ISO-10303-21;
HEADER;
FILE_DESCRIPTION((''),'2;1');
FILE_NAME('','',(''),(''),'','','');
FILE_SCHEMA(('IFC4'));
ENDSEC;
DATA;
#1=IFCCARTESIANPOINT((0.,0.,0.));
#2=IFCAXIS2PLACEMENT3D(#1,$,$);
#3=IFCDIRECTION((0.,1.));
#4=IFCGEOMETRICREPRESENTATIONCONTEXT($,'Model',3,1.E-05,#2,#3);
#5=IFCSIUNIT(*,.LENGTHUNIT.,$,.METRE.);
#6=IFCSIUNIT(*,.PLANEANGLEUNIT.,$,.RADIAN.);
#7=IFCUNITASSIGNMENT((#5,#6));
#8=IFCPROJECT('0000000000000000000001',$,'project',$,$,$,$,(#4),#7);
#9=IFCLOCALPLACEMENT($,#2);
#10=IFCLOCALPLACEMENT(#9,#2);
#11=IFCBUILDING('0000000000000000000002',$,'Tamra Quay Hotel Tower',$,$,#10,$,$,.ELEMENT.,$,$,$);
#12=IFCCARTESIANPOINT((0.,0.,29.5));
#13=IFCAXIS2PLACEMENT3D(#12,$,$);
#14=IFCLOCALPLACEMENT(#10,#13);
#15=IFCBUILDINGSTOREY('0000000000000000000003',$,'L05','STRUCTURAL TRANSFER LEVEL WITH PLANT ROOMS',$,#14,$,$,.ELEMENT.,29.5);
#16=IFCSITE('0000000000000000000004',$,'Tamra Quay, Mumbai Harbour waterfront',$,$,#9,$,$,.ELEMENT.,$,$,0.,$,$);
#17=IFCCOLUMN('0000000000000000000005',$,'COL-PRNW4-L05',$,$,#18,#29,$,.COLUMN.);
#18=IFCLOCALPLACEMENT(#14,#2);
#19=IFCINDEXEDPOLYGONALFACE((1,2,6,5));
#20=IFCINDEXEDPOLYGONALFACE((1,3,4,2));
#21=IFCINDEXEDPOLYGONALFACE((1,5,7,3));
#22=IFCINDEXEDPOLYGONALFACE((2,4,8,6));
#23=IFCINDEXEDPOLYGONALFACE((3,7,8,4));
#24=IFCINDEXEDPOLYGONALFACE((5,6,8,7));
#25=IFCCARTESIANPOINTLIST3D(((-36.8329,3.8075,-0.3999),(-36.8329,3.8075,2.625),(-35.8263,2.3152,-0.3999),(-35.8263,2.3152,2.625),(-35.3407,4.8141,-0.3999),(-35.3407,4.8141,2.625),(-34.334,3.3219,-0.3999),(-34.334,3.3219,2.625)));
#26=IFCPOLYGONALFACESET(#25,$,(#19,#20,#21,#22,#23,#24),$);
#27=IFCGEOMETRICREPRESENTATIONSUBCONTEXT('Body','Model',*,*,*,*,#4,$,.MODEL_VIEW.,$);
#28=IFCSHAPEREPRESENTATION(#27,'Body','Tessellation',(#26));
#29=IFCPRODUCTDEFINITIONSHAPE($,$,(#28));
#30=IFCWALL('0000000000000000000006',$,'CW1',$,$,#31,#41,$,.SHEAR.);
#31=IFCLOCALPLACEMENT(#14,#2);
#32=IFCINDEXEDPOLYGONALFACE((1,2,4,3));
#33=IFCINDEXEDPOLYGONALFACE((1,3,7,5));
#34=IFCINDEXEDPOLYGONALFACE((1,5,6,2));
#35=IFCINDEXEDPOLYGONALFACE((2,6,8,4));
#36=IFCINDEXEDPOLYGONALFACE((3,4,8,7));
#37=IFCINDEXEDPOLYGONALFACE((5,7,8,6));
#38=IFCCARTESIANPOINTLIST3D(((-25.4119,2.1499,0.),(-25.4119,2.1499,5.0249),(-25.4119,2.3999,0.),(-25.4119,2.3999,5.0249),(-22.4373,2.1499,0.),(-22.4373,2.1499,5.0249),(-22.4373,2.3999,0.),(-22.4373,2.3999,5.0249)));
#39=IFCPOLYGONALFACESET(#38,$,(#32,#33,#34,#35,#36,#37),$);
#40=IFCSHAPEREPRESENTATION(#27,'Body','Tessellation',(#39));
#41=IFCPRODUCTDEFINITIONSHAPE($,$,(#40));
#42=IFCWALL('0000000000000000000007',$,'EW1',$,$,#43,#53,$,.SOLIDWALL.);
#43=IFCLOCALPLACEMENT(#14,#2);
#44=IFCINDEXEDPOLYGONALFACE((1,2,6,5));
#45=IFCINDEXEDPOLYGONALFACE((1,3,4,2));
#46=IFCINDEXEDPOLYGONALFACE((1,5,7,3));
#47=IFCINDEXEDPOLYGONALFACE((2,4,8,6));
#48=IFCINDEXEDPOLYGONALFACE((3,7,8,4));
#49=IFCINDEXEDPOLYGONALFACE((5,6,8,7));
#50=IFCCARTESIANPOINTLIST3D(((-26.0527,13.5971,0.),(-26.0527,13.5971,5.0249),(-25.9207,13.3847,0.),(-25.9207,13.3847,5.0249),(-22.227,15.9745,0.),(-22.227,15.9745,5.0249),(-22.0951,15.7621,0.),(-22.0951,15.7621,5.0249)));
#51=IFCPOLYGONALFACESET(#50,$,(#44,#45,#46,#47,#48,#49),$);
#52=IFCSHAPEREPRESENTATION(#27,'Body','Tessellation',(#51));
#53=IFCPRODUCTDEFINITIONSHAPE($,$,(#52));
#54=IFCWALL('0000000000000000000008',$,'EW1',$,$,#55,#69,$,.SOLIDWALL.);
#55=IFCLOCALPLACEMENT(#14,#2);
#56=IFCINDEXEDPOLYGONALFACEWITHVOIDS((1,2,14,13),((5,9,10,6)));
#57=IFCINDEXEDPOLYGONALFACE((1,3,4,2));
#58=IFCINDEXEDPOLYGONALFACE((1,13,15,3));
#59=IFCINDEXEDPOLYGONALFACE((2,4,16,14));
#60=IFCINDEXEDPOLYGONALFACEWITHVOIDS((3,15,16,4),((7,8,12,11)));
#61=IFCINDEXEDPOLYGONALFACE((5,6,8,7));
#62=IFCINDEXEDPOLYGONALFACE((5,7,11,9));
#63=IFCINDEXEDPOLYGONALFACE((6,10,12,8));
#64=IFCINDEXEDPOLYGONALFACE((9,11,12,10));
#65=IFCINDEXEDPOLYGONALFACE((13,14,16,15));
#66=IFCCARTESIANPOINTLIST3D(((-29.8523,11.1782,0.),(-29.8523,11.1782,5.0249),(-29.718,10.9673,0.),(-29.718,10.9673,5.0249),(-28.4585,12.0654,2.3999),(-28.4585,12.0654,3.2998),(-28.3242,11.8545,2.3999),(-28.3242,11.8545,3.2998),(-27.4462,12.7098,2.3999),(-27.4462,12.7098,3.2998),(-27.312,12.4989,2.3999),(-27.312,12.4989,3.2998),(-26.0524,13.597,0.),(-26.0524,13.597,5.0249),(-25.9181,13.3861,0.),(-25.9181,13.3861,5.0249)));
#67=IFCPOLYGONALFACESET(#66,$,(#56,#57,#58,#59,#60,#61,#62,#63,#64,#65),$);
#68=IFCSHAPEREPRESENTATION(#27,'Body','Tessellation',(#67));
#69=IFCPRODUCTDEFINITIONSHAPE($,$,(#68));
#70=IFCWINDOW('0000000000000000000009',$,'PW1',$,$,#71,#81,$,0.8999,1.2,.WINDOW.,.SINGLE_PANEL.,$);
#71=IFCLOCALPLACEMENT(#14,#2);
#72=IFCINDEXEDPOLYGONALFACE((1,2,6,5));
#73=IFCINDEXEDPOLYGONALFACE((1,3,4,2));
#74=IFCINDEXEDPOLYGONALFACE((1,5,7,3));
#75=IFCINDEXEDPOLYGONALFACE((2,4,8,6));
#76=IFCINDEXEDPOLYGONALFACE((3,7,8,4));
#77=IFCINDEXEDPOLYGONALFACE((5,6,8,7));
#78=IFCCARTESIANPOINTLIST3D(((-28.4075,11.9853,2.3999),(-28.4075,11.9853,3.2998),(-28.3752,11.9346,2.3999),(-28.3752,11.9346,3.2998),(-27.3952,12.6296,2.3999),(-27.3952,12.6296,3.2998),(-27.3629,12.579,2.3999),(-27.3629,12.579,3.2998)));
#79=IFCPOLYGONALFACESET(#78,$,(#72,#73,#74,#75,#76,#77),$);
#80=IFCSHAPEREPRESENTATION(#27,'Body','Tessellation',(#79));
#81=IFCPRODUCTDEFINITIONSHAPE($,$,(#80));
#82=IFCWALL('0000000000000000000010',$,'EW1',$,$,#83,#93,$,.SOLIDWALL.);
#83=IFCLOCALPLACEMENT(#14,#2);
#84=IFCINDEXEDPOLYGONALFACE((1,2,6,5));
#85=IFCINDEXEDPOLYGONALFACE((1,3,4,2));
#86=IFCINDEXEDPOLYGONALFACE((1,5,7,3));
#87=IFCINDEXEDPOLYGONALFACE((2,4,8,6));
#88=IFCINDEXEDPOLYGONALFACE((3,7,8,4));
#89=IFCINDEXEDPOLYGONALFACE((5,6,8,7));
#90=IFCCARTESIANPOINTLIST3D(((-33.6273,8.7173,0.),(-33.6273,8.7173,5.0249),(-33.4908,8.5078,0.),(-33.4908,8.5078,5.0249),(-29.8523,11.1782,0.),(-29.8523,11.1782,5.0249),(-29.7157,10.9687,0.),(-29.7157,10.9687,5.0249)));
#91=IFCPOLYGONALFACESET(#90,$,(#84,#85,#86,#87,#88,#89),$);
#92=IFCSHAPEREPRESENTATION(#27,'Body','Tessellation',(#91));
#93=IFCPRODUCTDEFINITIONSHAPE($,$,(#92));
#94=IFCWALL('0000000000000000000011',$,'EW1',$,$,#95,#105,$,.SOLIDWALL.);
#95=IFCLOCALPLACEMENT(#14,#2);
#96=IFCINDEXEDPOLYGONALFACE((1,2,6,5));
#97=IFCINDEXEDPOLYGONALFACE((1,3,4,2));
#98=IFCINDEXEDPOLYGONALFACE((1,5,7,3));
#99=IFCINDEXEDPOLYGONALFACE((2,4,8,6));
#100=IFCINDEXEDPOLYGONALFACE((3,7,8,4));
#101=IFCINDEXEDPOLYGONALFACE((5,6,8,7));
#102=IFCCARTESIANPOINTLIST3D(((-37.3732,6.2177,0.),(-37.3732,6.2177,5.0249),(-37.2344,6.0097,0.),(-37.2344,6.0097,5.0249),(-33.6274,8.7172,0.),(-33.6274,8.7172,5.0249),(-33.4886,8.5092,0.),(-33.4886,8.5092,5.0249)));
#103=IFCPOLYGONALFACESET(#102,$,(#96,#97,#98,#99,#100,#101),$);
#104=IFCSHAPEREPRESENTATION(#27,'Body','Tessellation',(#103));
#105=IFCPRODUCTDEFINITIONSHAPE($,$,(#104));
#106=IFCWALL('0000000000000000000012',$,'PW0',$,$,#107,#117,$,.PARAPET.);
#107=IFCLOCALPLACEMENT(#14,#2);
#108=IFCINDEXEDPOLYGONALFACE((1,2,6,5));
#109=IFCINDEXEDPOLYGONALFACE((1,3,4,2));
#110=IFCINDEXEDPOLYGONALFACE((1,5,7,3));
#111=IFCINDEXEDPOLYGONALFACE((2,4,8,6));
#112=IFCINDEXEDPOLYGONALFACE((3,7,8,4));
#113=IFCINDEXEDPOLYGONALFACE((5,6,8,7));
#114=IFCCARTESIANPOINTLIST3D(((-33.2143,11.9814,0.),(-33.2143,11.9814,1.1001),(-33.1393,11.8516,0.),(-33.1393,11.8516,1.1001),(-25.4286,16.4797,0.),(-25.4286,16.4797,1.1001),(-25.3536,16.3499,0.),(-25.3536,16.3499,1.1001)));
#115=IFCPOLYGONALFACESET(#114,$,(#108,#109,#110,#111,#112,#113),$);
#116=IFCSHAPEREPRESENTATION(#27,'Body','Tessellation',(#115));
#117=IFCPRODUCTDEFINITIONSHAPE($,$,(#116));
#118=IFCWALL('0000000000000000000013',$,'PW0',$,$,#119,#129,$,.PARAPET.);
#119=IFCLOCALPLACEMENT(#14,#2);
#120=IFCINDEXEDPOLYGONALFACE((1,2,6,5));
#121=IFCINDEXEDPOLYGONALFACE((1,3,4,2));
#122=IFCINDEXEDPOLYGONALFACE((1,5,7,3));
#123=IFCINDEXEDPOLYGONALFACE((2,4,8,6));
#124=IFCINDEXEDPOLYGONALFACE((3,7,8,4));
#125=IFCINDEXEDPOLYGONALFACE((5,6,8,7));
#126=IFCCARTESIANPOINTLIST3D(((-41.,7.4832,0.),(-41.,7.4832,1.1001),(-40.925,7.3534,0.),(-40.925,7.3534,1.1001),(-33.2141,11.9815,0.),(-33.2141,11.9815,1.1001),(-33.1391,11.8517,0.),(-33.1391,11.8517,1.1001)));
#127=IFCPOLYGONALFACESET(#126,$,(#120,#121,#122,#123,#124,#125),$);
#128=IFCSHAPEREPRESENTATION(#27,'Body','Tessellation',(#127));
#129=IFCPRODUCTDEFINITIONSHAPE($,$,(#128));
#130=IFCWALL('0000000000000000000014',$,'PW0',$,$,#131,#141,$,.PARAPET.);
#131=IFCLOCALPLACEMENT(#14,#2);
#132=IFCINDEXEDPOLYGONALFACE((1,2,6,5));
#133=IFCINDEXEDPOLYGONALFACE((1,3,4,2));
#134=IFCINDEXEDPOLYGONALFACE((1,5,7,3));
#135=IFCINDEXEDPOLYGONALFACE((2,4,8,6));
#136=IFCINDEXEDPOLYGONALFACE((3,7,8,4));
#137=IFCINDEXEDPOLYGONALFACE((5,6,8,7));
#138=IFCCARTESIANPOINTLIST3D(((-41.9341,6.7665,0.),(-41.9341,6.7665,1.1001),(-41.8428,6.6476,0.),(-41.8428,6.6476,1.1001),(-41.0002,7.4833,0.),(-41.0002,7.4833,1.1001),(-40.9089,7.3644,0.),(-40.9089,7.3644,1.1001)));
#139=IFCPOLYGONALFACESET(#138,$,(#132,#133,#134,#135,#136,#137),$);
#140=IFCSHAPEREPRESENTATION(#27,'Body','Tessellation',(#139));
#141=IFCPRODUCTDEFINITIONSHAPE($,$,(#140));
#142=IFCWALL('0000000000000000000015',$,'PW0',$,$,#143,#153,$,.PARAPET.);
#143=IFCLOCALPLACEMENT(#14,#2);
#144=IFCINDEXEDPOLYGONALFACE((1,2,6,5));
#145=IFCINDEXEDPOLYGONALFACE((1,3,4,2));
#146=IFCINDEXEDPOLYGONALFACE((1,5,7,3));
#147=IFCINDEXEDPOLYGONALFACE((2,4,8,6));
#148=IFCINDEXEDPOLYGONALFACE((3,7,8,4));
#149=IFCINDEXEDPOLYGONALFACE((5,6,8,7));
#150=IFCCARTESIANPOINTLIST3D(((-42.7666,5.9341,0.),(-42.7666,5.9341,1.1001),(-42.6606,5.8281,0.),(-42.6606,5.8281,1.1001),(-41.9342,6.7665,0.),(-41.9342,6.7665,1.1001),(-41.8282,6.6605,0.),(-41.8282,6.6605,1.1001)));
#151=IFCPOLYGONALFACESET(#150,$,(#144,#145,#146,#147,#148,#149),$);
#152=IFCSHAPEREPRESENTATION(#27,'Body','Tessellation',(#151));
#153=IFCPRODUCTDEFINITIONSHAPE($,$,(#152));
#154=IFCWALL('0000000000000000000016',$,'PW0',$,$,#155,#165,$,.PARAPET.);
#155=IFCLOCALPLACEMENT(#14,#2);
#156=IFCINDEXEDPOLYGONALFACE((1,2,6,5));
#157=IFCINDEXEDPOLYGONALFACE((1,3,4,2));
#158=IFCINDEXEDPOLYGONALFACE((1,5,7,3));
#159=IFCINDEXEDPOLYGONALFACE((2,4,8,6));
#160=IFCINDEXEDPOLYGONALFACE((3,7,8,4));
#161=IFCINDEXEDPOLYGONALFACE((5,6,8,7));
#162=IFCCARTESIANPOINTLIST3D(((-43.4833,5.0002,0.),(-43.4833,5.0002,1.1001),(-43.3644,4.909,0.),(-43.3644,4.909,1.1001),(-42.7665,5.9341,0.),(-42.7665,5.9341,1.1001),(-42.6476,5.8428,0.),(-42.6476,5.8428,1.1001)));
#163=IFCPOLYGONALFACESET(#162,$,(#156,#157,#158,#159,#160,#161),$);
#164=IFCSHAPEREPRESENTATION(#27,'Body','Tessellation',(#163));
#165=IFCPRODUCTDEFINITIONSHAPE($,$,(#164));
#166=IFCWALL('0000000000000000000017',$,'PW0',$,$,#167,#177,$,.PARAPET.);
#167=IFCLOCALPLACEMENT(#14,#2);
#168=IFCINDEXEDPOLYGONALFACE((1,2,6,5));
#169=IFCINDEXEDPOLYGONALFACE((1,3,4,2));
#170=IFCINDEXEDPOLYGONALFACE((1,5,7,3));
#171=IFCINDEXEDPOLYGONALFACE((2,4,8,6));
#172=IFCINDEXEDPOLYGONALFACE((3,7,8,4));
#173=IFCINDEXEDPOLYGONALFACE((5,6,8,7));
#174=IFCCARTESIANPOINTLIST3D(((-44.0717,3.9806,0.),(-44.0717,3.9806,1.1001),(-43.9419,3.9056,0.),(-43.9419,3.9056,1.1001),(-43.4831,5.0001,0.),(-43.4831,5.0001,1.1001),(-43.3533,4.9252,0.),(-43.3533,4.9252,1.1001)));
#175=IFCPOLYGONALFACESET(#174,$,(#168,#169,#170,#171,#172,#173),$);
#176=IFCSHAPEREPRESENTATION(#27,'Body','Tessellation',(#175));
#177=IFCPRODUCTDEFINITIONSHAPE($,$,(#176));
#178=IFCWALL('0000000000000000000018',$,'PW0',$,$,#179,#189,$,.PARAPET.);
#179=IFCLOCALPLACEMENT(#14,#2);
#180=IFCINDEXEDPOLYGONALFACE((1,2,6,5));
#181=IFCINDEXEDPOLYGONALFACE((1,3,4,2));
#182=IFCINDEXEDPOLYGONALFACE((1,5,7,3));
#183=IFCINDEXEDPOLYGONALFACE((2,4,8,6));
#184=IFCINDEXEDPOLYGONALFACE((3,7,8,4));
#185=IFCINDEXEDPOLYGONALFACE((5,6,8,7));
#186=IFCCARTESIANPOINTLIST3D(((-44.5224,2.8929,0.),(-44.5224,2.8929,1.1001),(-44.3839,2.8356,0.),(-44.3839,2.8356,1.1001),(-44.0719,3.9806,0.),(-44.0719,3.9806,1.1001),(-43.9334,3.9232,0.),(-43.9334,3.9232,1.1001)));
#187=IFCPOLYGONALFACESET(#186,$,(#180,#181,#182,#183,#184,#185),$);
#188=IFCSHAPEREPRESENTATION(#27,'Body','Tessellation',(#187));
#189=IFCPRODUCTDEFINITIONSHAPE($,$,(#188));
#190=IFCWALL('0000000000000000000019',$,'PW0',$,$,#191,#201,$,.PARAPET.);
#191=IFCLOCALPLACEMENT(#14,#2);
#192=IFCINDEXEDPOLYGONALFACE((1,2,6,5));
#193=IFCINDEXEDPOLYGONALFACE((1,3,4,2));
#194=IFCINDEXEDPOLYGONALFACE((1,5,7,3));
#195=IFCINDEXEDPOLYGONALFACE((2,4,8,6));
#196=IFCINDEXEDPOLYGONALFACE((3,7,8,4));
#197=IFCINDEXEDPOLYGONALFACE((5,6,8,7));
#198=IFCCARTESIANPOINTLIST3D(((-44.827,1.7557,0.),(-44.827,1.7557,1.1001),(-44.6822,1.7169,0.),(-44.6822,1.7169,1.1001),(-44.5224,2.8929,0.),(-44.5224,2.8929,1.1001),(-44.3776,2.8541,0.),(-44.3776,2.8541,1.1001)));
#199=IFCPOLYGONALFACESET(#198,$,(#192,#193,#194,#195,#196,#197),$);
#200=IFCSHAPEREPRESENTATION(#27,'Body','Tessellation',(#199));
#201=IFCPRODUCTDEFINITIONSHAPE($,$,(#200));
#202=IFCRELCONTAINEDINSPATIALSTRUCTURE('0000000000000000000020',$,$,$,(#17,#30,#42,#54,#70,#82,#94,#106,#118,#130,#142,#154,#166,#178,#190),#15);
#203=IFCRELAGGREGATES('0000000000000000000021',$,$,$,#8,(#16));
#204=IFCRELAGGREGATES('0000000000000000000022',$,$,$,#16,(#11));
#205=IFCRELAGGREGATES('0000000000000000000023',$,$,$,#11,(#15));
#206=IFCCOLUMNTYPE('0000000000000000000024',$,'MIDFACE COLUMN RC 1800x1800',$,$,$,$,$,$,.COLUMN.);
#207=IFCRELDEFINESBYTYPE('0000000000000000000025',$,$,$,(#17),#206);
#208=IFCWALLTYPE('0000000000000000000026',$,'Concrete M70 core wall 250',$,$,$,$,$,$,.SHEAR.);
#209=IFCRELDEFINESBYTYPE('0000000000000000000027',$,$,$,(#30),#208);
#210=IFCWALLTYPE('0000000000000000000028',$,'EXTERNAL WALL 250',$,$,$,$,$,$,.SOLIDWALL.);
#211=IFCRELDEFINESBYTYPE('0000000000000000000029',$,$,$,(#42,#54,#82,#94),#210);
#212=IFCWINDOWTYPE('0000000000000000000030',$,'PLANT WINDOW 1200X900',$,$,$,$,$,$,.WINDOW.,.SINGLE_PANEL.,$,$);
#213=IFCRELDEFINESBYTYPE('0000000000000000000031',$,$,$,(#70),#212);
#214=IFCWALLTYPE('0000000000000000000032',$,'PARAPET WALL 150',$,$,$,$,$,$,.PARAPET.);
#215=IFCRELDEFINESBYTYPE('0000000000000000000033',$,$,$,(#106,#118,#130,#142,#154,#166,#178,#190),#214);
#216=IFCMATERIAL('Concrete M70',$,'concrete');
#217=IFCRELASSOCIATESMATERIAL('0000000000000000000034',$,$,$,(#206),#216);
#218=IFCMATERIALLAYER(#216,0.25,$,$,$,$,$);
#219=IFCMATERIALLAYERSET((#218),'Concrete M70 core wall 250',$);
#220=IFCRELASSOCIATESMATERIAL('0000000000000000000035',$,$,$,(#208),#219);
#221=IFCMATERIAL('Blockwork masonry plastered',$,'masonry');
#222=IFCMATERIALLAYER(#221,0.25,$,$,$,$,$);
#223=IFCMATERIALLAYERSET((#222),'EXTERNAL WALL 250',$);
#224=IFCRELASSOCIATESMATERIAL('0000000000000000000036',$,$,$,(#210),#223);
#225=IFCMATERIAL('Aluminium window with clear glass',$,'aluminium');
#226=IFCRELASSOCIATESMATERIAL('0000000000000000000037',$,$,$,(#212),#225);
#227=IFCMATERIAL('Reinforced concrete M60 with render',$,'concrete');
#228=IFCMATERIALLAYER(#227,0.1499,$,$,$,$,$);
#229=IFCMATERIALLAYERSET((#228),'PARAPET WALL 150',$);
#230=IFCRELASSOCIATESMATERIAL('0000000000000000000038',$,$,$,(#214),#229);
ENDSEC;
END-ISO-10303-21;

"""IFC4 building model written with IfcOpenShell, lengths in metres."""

from ifc_helpers import new_model, si_unit, direction, frame, frame_2d, origin, origin_2d, place, context, subcontext, project, spatial, rectangle, extrude, material, layer, layer_set, material_profile, profile_set, type_object, element, fill, save


model = new_model("IFC4")

# Units and contexts
model_context = context("Model", 3, precision=1e-05, world=origin(), true_north=direction((0.0, 1.0)))
body_context = subcontext(model_context, "Body", "Model", "MODEL_VIEW")
ifc_project = project(units=[si_unit("LENGTHUNIT", "METRE"), si_unit("PLANEANGLEUNIT", "RADIAN")], contexts=[model_context])

# Site, building, storey
site_placement = place(None, origin())
site = spatial("IfcSite", under=ifc_project, at=site_placement, Name="Tamra Quay, Mumbai Harbour waterfront", CompositionType="ELEMENT", RefElevation=0.0)
building_placement = place(site_placement, origin())
building = spatial("IfcBuilding", under=site, at=building_placement, Name="Tamra Quay Hotel Tower", CompositionType="ELEMENT")
storey_placement = place(building_placement, frame((0.0, 0.0, 29.5)))
storey = spatial("IfcBuildingStorey", under=building, at=storey_placement, Name="L05", Description="STRUCTURAL TRANSFER LEVEL WITH PLANT ROOMS", CompositionType="ELEMENT", Elevation=29.5)

# Column
ifc_material_1 = material(Name="Concrete M70", Category="concrete")
ifc_material_profile = material_profile(ifc_material_1, rectangle(XDim=1.8, YDim=1.8, at=origin_2d()), Name="MIDFACE COLUMN RC 1800x1800")
ifc_profile_set = profile_set([ifc_material_profile], Name="Concrete M70")
column_type = type_object("IfcColumnType", Name="MIDFACE COLUMN RC 1800x1800", PredefinedType="COLUMN", material=ifc_profile_set)
column_placement = place(storey_placement, frame((-35.5835, 3.5647, -0.3999), z_axis=(0.0, 0.0, 1.0), x_axis=(-0.55922, 0.829019, 0.0)))
element("IfcColumn", 1, at=column_placement, inside=storey, type_object=column_type, Name="COL-PRNW4-L05", PredefinedType="COLUMN", context=body_context, shape_type="SweptSolid", body=[
    extrude(rectangle(XDim=1.8, YDim=1.8, at=origin_2d()), origin(), (0.0, 0.0, 1.0), 3.0249),
])

# Walls
ifc_layer_1 = layer(ifc_material_1, 0.25)
ifc_layer_set_1 = layer_set([ifc_layer_1], Name="Concrete M70 core wall 250")
wall_type_1 = type_object("IfcWallType", Name="Concrete M70 core wall 250", PredefinedType="SHEAR", material=ifc_layer_set_1)
wall_1_placement = place(storey_placement, frame((-25.4119, 2.2749, 0.0), z_axis=(0.0, 0.0, 1.0), x_axis=(1.0, 0.0, 0.0)))
element("IfcWall", 2, at=wall_1_placement, inside=storey, type_object=wall_type_1, Name="CW1", PredefinedType="SHEAR", context=body_context, shape_type="SweptSolid", body=[
    extrude(rectangle(XDim=2.9746, YDim=0.25, at=frame_2d((1.4873, 0.0))), origin(), (0.0, 0.0, 1.0), 5.0249),
])
ifc_material_2 = material(Name="Blockwork masonry plastered", Category="masonry")
ifc_layer_2 = layer(ifc_material_2, 0.25)
ifc_layer_set_2 = layer_set([ifc_layer_2], Name="EXTERNAL WALL 250")
wall_type_2 = type_object("IfcWallType", Name="EXTERNAL WALL 250", PredefinedType="SOLIDWALL", material=ifc_layer_set_2)
wall_2_placement = place(storey_placement, frame((-25.9866, 13.491, 0.0), z_axis=(0.0, 0.0, 1.0), x_axis=(0.849354, 0.527824, 0.0)))
element("IfcWall", 3, at=wall_2_placement, inside=storey, type_object=wall_type_2, Name="EW1", PredefinedType="SOLIDWALL", context=body_context, shape_type="SweptSolid", body=[
    extrude(rectangle(XDim=4.5042, YDim=0.25, at=frame_2d((2.252, 0.0))), origin(), (0.0, 0.0, 1.0), 5.0249),
])

# Wall, opening, window
wall_3_placement = place(storey_placement, frame((-29.7852, 11.0728, 0.0), z_axis=(0.0, 0.0, 1.0), x_axis=(0.843597, 0.536977, 0.0)))
wall_3 = element("IfcWall", 4, at=wall_3_placement, inside=storey, type_object=wall_type_2, Name="EW1", PredefinedType="SOLIDWALL", context=body_context, shape_type="SweptSolid", body=[
    extrude(rectangle(XDim=4.5044, YDim=0.25, at=frame_2d((2.2522, 0.0))), origin(), (0.0, 0.0, 1.0), 5.0249),
])
opening_placement = place(wall_3_placement, frame((1.6521, 0.0, 2.3999)))
opening = element("IfcOpeningElement", 5, at=opening_placement, cuts=wall_3, PredefinedType="OPENING", context=body_context, shape_type="SweptSolid", body=[
    extrude(rectangle(XDim=1.2, YDim=0.8999, at=frame_2d((0.6001, 0.45))), frame((0.0, 0.135, 0.0), z_axis=(0.0, -1.0, 0.0), x_axis=(1.0, 0.0, 0.0)), (0.0, 0.0, 1.0), 0.27),
])
ifc_material_3 = material(Name="Aluminium window with clear glass", Category="aluminium")
window_type = type_object("IfcWindowType", Name="PLANT WINDOW 1200X900", PartitioningType="SINGLE_PANEL", PredefinedType="WINDOW", material=ifc_material_3)
window_placement = place(opening_placement, origin())
window = element("IfcWindow", 6, at=window_placement, inside=storey, type_object=window_type, Name="PW1", OverallHeight=0.8999, OverallWidth=1.2, PartitioningType="SINGLE_PANEL", PredefinedType="WINDOW", context=body_context, shape_type="SweptSolid", body=[
    extrude(rectangle(XDim=1.2, YDim=0.8999, at=frame_2d((0.6001, 0.45))), frame((0.0, 0.03, 0.0), z_axis=(0.0, -1.0, 0.0), x_axis=(1.0, 0.0, 0.0)), (0.0, 0.0, 1.0), 0.0601),
])
fill(opening, window)

# Walls
wall_4_placement = place(storey_placement, frame((-33.5591, 8.6125, 0.0), z_axis=(0.0, 0.0, 1.0), x_axis=(0.837724, 0.546094, 0.0)))
element("IfcWall", 7, at=wall_4_placement, inside=storey, type_object=wall_type_2, Name="EW1", PredefinedType="SOLIDWALL", context=body_context, shape_type="SweptSolid", body=[
    extrude(rectangle(XDim=4.5063, YDim=0.25, at=frame_2d((2.2532, 0.0))), origin(), (0.0, 0.0, 1.0), 5.0249),
])
wall_5_placement = place(storey_placement, frame((-37.3037, 6.1138, 0.0), z_axis=(0.0, 0.0, 1.0), x_axis=(0.831817, 0.55505, 0.0)))
element("IfcWall", 8, at=wall_5_placement, inside=storey, type_object=wall_type_2, Name="EW1", PredefinedType="SOLIDWALL", context=body_context, shape_type="SweptSolid", body=[
    extrude(rectangle(XDim=4.5032, YDim=0.25, at=frame_2d((2.2515, 0.0))), origin(), (0.0, 0.0, 1.0), 5.0249),
])
ifc_material_4 = material(Name="Reinforced concrete M60 with render", Category="concrete")
ifc_layer_3 = layer(ifc_material_4, 0.1499)
ifc_layer_set_3 = layer_set([ifc_layer_3], Name="PARAPET WALL 150")
wall_type_3 = type_object("IfcWallType", Name="PARAPET WALL 150", PredefinedType="PARAPET", material=ifc_layer_set_3)
wall_6_placement = place(storey_placement, frame((-33.1768, 11.9165, 0.0), z_axis=(0.0, 0.0, 1.0), x_axis=(0.865869, 0.500271, 0.0)))
element("IfcWall", 9, at=wall_6_placement, inside=storey, type_object=wall_type_3, Name="PW0", PredefinedType="PARAPET", context=body_context, shape_type="SweptSolid", body=[
    extrude(rectangle(XDim=8.9917, YDim=0.1499, at=frame_2d((4.4958, 0.0))), origin(), (0.0, 0.0, 1.0), 1.1001),
])
wall_7_placement = place(storey_placement, frame((-40.9626, 7.4182, 0.0), z_axis=(0.0, 0.0, 1.0), x_axis=(0.865876, 0.500259, 0.0)))
element("IfcWall", 10, at=wall_7_placement, inside=storey, type_object=wall_type_3, Name="PW0", PredefinedType="PARAPET", context=body_context, shape_type="SweptSolid", body=[
    extrude(rectangle(XDim=8.9919, YDim=0.1499, at=frame_2d((4.4961, 0.0))), origin(), (0.0, 0.0, 1.0), 1.1001),
])
for number, where, z_axis, x_axis, name in (
    (11, (-41.8884, 6.707, 0.0), (0.0, 0.0, 1.0), (0.793256, 0.608889, 0.0), "PW0"),
    (12, (-42.7136, 5.8811, 0.0), (0.0, 0.0, 1.0), (0.707107, 0.707107, 0.0), "PW0"),
    (13, (-43.4238, 4.9546, 0.0), (0.0, 0.0, 1.0), (0.608889, 0.793256, 0.0), "PW0"),
    (14, (-44.0068, 3.9431, 0.0), (0.0, 0.0, 1.0), (0.499998, 0.866027, 0.0), "PW0"),
    (15, (-44.4531, 2.8643, 0.0), (0.0, 0.0, 1.0), (0.382627, 0.923903, 0.0), "PW0"),
    (16, (-44.7546, 1.7363, 0.0), (0.0, 0.0, 1.0), (0.258798, 0.965931, 0.0), "PW0"),
):
    element("IfcWall", number, at=place(storey_placement, frame(where, z_axis=z_axis, x_axis=x_axis)), inside=storey, type_object=wall_type_3, Name=name, PredefinedType="PARAPET", context=body_context, shape_type="SweptSolid", body=[
        extrude(rectangle(XDim=1.1772, YDim=0.1499, at=frame_2d((0.5886, 0.0))), origin(), (0.0, 0.0, 1.0), 1.1001),
    ])

save(model, "model.ifc")
